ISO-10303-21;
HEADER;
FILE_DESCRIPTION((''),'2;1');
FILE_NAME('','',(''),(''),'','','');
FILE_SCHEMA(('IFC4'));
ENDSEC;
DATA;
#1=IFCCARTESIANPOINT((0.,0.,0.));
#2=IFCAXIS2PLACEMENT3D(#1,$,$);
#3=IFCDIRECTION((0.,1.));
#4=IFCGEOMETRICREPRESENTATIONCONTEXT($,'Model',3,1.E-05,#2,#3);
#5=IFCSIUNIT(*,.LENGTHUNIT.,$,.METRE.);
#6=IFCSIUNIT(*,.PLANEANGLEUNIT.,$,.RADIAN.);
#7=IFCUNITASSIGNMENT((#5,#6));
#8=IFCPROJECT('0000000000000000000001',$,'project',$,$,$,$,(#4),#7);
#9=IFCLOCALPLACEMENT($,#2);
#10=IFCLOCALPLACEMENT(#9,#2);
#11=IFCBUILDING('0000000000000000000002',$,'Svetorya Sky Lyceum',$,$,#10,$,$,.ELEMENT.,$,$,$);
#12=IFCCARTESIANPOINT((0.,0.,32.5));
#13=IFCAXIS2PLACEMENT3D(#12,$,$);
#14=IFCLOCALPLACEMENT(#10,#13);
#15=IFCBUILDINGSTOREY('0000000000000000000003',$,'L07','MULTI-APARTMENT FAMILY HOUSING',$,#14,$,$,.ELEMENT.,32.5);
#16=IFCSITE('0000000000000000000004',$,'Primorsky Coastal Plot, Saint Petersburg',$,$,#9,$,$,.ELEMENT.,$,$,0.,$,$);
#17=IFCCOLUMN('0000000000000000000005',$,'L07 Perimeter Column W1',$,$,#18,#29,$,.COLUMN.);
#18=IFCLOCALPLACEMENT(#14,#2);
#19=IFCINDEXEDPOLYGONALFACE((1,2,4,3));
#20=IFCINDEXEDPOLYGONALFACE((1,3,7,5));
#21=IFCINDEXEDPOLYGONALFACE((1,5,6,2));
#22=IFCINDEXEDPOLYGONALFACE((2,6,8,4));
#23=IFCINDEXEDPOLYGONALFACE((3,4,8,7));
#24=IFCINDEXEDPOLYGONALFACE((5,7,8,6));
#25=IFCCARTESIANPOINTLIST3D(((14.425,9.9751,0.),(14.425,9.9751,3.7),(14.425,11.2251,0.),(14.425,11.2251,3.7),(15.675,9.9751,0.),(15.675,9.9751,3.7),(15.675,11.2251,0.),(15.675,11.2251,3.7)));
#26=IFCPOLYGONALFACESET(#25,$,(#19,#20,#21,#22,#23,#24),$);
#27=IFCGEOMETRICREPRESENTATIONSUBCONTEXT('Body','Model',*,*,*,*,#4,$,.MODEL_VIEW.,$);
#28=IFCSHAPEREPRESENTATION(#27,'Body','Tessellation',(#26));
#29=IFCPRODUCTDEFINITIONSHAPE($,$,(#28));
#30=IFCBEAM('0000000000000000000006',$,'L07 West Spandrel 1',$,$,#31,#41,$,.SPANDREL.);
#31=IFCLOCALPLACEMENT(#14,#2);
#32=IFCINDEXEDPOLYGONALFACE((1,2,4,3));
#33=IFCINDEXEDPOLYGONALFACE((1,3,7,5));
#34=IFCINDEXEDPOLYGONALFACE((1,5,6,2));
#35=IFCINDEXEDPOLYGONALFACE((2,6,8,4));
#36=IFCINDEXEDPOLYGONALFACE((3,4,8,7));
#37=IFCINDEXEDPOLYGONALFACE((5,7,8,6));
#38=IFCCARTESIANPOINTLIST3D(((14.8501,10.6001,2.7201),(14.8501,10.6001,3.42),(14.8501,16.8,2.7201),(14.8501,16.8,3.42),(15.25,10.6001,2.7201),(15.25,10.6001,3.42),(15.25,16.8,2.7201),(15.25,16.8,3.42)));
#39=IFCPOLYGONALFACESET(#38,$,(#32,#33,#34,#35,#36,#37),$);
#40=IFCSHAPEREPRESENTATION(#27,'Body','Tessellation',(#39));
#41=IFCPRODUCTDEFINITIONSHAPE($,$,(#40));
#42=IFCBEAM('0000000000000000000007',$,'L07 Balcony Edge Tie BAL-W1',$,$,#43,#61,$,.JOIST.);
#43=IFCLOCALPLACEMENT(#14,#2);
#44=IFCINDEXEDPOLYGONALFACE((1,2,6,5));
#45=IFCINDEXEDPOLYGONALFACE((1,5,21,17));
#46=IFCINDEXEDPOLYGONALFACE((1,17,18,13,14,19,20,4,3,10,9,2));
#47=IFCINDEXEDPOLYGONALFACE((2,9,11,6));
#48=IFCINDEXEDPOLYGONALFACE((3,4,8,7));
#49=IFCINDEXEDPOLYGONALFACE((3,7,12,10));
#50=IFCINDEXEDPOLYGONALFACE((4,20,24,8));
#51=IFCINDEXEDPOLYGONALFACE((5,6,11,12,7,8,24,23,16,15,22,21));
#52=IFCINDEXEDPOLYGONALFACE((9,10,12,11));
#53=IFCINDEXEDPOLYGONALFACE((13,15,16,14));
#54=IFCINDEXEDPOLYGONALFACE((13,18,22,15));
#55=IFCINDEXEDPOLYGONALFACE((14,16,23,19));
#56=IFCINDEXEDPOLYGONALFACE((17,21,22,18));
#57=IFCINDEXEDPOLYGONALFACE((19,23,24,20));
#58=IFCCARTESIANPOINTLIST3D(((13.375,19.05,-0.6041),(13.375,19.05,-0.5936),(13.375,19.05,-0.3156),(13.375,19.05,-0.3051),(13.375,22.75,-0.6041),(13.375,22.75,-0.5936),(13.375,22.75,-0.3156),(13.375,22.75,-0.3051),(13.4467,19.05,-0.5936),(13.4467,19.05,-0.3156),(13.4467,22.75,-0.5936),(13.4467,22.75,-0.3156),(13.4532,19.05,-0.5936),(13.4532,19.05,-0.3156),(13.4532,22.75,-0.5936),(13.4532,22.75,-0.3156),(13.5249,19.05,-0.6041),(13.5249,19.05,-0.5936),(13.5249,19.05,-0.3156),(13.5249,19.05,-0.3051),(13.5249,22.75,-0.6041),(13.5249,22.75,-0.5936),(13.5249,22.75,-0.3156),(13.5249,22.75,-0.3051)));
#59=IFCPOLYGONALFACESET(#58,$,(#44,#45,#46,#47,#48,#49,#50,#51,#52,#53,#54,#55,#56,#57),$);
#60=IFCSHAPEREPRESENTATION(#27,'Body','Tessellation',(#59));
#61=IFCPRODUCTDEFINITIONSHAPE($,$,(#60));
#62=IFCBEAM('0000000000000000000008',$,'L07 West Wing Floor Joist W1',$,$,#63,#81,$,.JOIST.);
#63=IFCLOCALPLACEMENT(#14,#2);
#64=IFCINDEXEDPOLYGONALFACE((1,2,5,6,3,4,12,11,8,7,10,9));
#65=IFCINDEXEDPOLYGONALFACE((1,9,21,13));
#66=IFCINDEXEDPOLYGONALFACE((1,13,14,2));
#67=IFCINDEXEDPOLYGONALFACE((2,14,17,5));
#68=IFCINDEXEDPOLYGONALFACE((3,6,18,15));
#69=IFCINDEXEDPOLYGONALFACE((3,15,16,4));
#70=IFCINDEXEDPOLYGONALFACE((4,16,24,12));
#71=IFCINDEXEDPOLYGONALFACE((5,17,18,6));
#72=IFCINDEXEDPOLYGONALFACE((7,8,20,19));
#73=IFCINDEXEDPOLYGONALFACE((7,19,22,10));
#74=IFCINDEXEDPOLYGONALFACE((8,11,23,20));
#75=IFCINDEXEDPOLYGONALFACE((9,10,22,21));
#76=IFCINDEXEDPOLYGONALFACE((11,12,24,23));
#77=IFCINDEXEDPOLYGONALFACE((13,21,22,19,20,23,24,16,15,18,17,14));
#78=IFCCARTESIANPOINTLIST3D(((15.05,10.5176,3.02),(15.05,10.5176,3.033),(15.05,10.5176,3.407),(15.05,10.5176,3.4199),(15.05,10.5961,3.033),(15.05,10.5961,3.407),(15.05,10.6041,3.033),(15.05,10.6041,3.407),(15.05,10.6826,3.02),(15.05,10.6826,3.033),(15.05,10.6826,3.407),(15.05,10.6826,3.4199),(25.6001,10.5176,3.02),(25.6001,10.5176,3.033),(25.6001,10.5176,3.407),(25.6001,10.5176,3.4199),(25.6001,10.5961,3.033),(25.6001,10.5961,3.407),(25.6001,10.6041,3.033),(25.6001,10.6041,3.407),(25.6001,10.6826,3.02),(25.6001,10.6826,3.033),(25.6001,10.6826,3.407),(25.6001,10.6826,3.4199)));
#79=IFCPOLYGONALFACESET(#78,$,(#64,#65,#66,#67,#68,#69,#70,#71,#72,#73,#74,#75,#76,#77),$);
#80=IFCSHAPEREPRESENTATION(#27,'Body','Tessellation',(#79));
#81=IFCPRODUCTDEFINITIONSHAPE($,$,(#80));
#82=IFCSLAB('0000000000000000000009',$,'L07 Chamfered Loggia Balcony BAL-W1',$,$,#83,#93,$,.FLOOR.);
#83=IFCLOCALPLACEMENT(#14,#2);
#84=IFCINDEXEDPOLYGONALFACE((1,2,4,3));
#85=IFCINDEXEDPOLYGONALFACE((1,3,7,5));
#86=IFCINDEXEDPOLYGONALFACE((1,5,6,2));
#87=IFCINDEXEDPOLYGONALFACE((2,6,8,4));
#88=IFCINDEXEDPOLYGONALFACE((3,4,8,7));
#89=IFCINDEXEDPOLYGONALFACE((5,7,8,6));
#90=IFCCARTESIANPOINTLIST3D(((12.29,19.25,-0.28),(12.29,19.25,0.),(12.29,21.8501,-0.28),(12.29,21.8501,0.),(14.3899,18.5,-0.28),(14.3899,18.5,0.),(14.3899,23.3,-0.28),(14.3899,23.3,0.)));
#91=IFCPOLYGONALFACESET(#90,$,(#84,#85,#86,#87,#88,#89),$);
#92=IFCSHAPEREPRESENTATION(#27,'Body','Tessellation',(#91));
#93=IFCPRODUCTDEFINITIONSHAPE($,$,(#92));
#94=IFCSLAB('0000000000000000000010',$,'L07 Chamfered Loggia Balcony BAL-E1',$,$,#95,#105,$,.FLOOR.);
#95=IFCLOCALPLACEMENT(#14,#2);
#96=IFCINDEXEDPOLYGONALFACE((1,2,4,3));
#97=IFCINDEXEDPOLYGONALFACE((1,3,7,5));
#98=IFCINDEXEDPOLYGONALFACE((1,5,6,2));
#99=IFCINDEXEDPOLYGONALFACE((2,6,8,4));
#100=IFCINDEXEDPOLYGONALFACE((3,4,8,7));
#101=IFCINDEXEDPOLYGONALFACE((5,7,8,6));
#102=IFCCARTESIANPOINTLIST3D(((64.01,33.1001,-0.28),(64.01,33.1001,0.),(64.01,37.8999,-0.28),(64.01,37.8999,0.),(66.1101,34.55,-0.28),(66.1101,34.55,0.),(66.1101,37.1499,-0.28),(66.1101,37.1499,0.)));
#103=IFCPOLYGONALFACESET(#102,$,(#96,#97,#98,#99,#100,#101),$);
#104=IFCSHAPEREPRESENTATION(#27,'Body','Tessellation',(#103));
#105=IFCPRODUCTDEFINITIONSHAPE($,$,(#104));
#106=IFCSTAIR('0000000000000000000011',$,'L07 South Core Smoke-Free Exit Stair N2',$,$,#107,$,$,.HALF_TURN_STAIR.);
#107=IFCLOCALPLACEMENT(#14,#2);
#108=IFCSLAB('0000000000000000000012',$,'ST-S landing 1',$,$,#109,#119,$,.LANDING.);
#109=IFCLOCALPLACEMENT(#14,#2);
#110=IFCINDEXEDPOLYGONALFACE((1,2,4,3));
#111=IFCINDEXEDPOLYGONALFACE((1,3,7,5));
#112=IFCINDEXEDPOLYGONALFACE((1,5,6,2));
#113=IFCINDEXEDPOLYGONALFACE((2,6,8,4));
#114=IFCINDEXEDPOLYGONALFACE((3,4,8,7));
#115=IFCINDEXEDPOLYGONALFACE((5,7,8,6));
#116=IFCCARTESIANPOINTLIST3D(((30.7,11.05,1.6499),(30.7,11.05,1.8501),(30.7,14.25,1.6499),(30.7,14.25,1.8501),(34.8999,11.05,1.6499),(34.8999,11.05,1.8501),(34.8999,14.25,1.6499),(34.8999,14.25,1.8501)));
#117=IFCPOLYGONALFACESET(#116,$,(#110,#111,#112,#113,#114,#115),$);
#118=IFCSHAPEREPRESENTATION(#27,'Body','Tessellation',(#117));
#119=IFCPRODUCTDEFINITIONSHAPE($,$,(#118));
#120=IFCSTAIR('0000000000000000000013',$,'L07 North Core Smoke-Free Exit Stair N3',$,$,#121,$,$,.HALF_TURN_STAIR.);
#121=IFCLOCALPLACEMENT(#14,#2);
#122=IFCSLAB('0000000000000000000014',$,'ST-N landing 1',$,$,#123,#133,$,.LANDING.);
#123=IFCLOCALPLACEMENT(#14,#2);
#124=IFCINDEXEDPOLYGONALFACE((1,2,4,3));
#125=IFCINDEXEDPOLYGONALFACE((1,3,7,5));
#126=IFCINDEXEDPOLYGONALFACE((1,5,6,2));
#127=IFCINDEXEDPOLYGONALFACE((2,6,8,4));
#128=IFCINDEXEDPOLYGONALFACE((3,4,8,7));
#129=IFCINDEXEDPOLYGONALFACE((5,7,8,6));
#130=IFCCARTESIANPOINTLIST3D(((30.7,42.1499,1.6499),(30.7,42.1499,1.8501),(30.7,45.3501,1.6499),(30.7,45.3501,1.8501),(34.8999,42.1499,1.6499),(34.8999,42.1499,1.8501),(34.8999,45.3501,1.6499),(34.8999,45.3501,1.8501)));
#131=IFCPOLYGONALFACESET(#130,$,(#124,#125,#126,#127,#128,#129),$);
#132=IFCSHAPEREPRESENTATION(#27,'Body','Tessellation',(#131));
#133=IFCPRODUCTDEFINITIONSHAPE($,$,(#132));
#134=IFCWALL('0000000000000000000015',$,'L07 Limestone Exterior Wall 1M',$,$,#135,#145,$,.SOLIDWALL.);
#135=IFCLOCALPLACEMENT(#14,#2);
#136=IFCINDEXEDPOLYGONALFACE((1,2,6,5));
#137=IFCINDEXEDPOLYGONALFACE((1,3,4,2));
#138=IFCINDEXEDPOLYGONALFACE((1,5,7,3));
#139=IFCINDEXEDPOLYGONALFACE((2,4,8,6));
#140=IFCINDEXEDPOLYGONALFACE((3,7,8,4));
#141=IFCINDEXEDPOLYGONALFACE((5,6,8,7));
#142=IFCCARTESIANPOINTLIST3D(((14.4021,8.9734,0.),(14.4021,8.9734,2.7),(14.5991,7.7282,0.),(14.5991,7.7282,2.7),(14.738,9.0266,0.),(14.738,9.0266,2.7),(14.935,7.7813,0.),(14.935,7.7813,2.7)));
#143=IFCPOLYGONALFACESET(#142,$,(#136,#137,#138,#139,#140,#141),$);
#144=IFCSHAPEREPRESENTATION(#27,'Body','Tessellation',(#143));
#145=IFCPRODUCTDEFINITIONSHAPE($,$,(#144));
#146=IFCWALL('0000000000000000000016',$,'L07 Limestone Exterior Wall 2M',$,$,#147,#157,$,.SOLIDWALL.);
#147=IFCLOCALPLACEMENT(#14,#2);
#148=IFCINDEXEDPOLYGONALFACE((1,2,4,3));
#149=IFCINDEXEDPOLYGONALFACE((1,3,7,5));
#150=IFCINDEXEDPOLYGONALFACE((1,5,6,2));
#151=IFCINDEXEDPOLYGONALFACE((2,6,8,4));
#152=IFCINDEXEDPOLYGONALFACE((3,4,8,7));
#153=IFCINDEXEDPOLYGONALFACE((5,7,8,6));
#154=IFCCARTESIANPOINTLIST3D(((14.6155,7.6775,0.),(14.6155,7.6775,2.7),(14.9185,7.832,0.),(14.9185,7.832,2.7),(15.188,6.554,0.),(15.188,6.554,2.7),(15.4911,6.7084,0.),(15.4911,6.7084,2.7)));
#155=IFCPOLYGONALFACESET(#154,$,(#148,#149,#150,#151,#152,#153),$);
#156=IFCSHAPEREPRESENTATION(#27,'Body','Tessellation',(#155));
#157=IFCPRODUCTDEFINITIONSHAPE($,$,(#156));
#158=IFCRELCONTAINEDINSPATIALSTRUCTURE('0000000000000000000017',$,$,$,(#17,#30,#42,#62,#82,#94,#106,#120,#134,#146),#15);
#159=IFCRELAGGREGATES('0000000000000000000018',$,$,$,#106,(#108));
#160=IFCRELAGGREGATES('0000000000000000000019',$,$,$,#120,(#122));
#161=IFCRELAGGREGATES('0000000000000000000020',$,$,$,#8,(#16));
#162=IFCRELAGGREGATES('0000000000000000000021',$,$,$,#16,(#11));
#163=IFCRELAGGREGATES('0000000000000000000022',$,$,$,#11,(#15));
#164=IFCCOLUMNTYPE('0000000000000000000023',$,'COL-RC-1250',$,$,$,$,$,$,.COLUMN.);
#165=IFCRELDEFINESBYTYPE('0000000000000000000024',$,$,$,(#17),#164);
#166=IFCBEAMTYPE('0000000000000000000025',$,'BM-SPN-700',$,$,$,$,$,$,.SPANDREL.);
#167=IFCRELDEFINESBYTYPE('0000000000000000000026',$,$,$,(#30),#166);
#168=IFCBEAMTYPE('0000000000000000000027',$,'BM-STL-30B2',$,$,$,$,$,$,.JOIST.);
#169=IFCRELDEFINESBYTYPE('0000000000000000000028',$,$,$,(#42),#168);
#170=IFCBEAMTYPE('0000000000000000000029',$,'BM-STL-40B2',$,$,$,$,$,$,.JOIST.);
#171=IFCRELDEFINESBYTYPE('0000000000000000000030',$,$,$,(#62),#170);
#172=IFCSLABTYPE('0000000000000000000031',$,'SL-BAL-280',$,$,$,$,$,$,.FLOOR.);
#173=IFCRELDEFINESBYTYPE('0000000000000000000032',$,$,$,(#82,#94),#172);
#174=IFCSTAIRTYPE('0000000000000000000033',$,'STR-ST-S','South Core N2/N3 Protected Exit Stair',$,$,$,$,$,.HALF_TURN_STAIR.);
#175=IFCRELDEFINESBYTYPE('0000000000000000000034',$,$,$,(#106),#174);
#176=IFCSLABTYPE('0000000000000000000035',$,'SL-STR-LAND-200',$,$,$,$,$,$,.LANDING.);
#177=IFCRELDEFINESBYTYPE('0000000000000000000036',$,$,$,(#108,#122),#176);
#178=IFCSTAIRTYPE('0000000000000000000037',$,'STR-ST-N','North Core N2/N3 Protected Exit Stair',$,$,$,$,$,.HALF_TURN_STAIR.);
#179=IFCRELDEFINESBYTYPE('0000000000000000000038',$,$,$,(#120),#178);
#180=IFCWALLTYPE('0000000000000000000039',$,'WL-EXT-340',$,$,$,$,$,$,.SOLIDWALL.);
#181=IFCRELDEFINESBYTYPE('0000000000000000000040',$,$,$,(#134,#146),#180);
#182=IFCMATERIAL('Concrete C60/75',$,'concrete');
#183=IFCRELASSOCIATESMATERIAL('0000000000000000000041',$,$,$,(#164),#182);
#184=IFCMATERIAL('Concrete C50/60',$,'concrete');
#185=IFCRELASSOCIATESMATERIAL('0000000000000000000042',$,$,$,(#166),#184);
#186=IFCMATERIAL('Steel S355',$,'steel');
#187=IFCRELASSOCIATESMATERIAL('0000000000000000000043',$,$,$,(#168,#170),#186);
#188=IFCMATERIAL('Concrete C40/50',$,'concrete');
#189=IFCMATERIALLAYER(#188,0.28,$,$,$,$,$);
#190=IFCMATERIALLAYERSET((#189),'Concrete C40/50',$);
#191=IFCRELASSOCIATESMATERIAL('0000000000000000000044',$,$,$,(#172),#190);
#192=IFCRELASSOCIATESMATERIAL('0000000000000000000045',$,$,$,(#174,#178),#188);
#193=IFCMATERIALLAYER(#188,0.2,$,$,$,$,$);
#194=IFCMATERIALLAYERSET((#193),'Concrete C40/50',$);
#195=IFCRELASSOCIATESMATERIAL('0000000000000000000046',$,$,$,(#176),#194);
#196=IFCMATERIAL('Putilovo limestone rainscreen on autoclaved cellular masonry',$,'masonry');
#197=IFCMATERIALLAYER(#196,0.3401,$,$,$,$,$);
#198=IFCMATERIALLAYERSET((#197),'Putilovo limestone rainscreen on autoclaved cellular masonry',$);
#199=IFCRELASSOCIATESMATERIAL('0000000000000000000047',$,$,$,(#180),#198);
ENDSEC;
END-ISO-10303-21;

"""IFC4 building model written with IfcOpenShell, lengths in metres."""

from ifc_helpers import new_model, si_unit, direction, frame, frame_2d, origin, origin_2d, place, context, subcontext, project, spatial, polyline, rectangle, i_section, outline, extrude, material, layer, layer_set, material_profile, profile_set, type_object, element, aggregate, save


model = new_model("IFC4")

# Units and contexts
model_context = context("Model", 3, precision=1e-05, world=origin(), true_north=direction((0.0, 1.0)))
body_context = subcontext(model_context, "Body", "Model", "MODEL_VIEW")
ifc_project = project(units=[si_unit("LENGTHUNIT", "METRE"), si_unit("PLANEANGLEUNIT", "RADIAN")], contexts=[model_context])

# Site, building, storey
site_placement = place(None, origin())
site = spatial("IfcSite", under=ifc_project, at=site_placement, Name="Primorsky Coastal Plot, Saint Petersburg", CompositionType="ELEMENT", RefElevation=0.0)
building_placement = place(site_placement, origin())
building = spatial("IfcBuilding", under=site, at=building_placement, Name="Svetorya Sky Lyceum", CompositionType="ELEMENT")
storey_placement = place(building_placement, frame((0.0, 0.0, 32.5)))
storey = spatial("IfcBuildingStorey", under=building, at=storey_placement, Name="L07", Description="MULTI-APARTMENT FAMILY HOUSING", CompositionType="ELEMENT", Elevation=32.5)

# Column
ifc_material_1 = material(Name="Concrete C60/75", Category="concrete")
ifc_material_profile_1 = material_profile(ifc_material_1, rectangle(XDim=1.25, YDim=1.25, at=origin_2d()), Name="RC COL 1250x1250")
ifc_profile_set_1 = profile_set([ifc_material_profile_1], Name="Concrete C60/75")
column_type = type_object("IfcColumnType", Name="COL-RC-1250", PredefinedType="COLUMN", material=ifc_profile_set_1)
column_placement = place(storey_placement, frame((15.05, 10.6001, 0.0), z_axis=(0.0, 0.0, 1.0), x_axis=(1.0, 0.0, 0.0)))
element("IfcColumn", 1, at=column_placement, inside=storey, type_object=column_type, Name="L07 Perimeter Column W1", PredefinedType="COLUMN", context=body_context, shape_type="SweptSolid", body=[
    extrude(rectangle(XDim=1.25, YDim=1.25, at=origin_2d()), origin(), (0.0, 0.0, 1.0), 3.7),
])

# Beams
ifc_material_2 = material(Name="Concrete C50/60", Category="concrete")
ifc_material_profile_2 = material_profile(ifc_material_2, rectangle(XDim=0.3999, YDim=0.7, at=origin_2d()), Name="RC SPANDREL 400x700")
ifc_profile_set_2 = profile_set([ifc_material_profile_2], Name="Concrete C50/60")
beam_type_1 = type_object("IfcBeamType", Name="BM-SPN-700", PredefinedType="SPANDREL", material=ifc_profile_set_2)
beam_1_placement = place(storey_placement, frame((15.05, 10.6001, 3.0701), z_axis=(0.0, 1.0, 0.0), x_axis=(-1.0, 0.0, 0.0)))
element("IfcBeam", 2, at=beam_1_placement, inside=storey, type_object=beam_type_1, Name="L07 West Spandrel 1", PredefinedType="SPANDREL", context=body_context, shape_type="SweptSolid", body=[
    extrude(rectangle(XDim=0.3999, YDim=0.7, at=origin_2d()), origin(), (0.0, 0.0, 1.0), 6.2),
])
ifc_material_3 = material(Name="Steel S355", Category="steel")
ifc_material_profile_3 = material_profile(ifc_material_3, i_section(OverallWidth=0.1499, OverallDepth=0.2991, WebThickness=0.0066, FlangeThickness=0.0105, at=origin_2d()), Name="GOST 30B2")
ifc_profile_set_3 = profile_set([ifc_material_profile_3], Name="Steel S355")
beam_type_2 = type_object("IfcBeamType", Name="BM-STL-30B2", PredefinedType="JOIST", material=ifc_profile_set_3)
beam_2_placement = place(storey_placement, frame((13.45, 19.05, -0.4546), z_axis=(0.0, 1.0, 0.0), x_axis=(-1.0, 0.0, 0.0)))
element("IfcBeam", 3, at=beam_2_placement, inside=storey, type_object=beam_type_2, Name="L07 Balcony Edge Tie BAL-W1", PredefinedType="JOIST", context=body_context, shape_type="SweptSolid", body=[
    extrude(i_section(OverallWidth=0.1499, OverallDepth=0.2991, WebThickness=0.0066, FlangeThickness=0.0105, at=origin_2d()), origin(), (0.0, 0.0, 1.0), 3.7),
])
ifc_material_profile_4 = material_profile(ifc_material_3, i_section(OverallWidth=0.165, OverallDepth=0.3999, WebThickness=0.0081, FlangeThickness=0.0129, at=origin_2d()), Name="GOST 40B2")
ifc_profile_set_4 = profile_set([ifc_material_profile_4], Name="Steel S355")
beam_type_3 = type_object("IfcBeamType", Name="BM-STL-40B2", PredefinedType="JOIST", material=ifc_profile_set_4)
beam_3_placement = place(storey_placement, frame((15.05, 10.6001, 3.22), z_axis=(1.0, 0.0, 0.0), x_axis=(0.0, 1.0, 0.0)))
element("IfcBeam", 4, at=beam_3_placement, inside=storey, type_object=beam_type_3, Name="L07 West Wing Floor Joist W1", PredefinedType="JOIST", context=body_context, shape_type="SweptSolid", body=[
    extrude(i_section(OverallWidth=0.165, OverallDepth=0.3999, WebThickness=0.0081, FlangeThickness=0.0129, at=origin_2d()), origin(), (0.0, 0.0, 1.0), 10.55),
])

# Slabs
ifc_material_4 = material(Name="Concrete C40/50", Category="concrete")
ifc_layer_1 = layer(ifc_material_4, 0.28)
ifc_layer_set_1 = layer_set([ifc_layer_1], Name="Concrete C40/50")
slab_type_1 = type_object("IfcSlabType", Name="SL-BAL-280", PredefinedType="FLOOR", material=ifc_layer_set_1)
slab_1_placement = place(storey_placement, frame((0.0, 0.0, -0.28)))
element("IfcSlab", 5, at=slab_1_placement, inside=storey, type_object=slab_type_1, Name="L07 Chamfered Loggia Balcony BAL-W1", PredefinedType="FLOOR", context=body_context, shape_type="SweptSolid", body=[
    extrude(outline(polyline([(14.3899, 18.5), (14.3899, 23.3), (12.29, 21.8501), (12.29, 19.25), (14.3899, 18.5)])), origin(), (0.0, 0.0, 1.0), 0.28),
])
slab_2_placement = place(storey_placement, frame((0.0, 0.0, -0.28)))
element("IfcSlab", 6, at=slab_2_placement, inside=storey, type_object=slab_type_1, Name="L07 Chamfered Loggia Balcony BAL-E1", PredefinedType="FLOOR", context=body_context, shape_type="SweptSolid", body=[
    extrude(outline(polyline([(64.01, 33.1001), (66.1101, 34.55), (66.1101, 37.1499), (64.01, 37.8999), (64.01, 33.1001)])), origin(), (0.0, 0.0, 1.0), 0.28),
])

# Stairs, slabs
stair_type_1 = type_object("IfcStairType", Name="STR-ST-S", Description="South Core N2/N3 Protected Exit Stair", PredefinedType="HALF_TURN_STAIR", material=ifc_material_4)
stair_1_placement = place(storey_placement, origin())
stair_1 = element("IfcStair", 7, at=stair_1_placement, inside=storey, type_object=stair_type_1, Name="L07 South Core Smoke-Free Exit Stair N2", PredefinedType="HALF_TURN_STAIR")
ifc_layer_2 = layer(ifc_material_4, 0.2)
ifc_layer_set_2 = layer_set([ifc_layer_2], Name="Concrete C40/50")
slab_type_2 = type_object("IfcSlabType", Name="SL-STR-LAND-200", PredefinedType="LANDING", material=ifc_layer_set_2)
slab_3_placement = place(storey_placement, frame((0.0, 0.0, 1.6499)))
slab_3 = element("IfcSlab", 8, at=slab_3_placement, type_object=slab_type_2, Name="ST-S landing 1", PredefinedType="LANDING", context=body_context, shape_type="SweptSolid", body=[
    extrude(outline(polyline([(30.7, 11.05), (34.8999, 11.05), (34.8999, 14.25), (30.7, 14.25), (30.7, 11.05)])), origin(), (0.0, 0.0, 1.0), 0.2002),
])
aggregate(stair_1, [slab_3])
stair_type_2 = type_object("IfcStairType", Name="STR-ST-N", Description="North Core N2/N3 Protected Exit Stair", PredefinedType="HALF_TURN_STAIR", material=ifc_material_4)
stair_2_placement = place(storey_placement, origin())
stair_2 = element("IfcStair", 9, at=stair_2_placement, inside=storey, type_object=stair_type_2, Name="L07 North Core Smoke-Free Exit Stair N3", PredefinedType="HALF_TURN_STAIR")
slab_4_placement = place(storey_placement, frame((0.0, 0.0, 1.6499)))
slab_4 = element("IfcSlab", 10, at=slab_4_placement, type_object=slab_type_2, Name="ST-N landing 1", PredefinedType="LANDING", context=body_context, shape_type="SweptSolid", body=[
    extrude(outline(polyline([(30.7, 42.1499), (34.8999, 42.1499), (34.8999, 45.3501), (30.7, 45.3501), (30.7, 42.1499)])), origin(), (0.0, 0.0, 1.0), 0.2002),
])
aggregate(stair_2, [slab_4])

# Walls
ifc_material_5 = material(Name="Putilovo limestone rainscreen on autoclaved cellular masonry", Category="masonry")
ifc_layer_3 = layer(ifc_material_5, 0.3401)
ifc_layer_set_3 = layer_set([ifc_layer_3], Name="Putilovo limestone rainscreen on autoclaved cellular masonry")
wall_type_1 = type_object("IfcWallType", Name="WL-EXT-340", PredefinedType="SOLIDWALL", material=ifc_layer_set_3)
wall_1_placement = place(storey_placement, frame((14.5701, 9.0, 0.0), z_axis=(0.0, 0.0, 1.0), x_axis=(0.156261, -0.987716, 0.0)))
element("IfcWall", 11, at=wall_1_placement, inside=storey, type_object=wall_type_1, Name="L07 Limestone Exterior Wall 1M", PredefinedType="SOLIDWALL", context=body_context, shape_type="SweptSolid", body=[
    extrude(rectangle(XDim=1.2607, YDim=0.3401, at=frame_2d((0.6304, 0.0))), origin(), (0.0, 0.0, 1.0), 2.7),
])
wall_2_placement = place(storey_placement, frame((14.7671, 7.7546, 0.0), z_axis=(0.0, 0.0, 1.0), x_axis=(0.454016, -0.890994, 0.0)))
element("IfcWall", 12, at=wall_2_placement, inside=storey, type_object=wall_type_1, Name="L07 Limestone Exterior Wall 2M", PredefinedType="SOLIDWALL", context=body_context, shape_type="SweptSolid", body=[
    extrude(rectangle(XDim=1.261, YDim=0.3401, at=frame_2d((0.6304, 0.0))), origin(), (0.0, 0.0, 1.0), 2.7),
])

save(model, "model.ifc")
